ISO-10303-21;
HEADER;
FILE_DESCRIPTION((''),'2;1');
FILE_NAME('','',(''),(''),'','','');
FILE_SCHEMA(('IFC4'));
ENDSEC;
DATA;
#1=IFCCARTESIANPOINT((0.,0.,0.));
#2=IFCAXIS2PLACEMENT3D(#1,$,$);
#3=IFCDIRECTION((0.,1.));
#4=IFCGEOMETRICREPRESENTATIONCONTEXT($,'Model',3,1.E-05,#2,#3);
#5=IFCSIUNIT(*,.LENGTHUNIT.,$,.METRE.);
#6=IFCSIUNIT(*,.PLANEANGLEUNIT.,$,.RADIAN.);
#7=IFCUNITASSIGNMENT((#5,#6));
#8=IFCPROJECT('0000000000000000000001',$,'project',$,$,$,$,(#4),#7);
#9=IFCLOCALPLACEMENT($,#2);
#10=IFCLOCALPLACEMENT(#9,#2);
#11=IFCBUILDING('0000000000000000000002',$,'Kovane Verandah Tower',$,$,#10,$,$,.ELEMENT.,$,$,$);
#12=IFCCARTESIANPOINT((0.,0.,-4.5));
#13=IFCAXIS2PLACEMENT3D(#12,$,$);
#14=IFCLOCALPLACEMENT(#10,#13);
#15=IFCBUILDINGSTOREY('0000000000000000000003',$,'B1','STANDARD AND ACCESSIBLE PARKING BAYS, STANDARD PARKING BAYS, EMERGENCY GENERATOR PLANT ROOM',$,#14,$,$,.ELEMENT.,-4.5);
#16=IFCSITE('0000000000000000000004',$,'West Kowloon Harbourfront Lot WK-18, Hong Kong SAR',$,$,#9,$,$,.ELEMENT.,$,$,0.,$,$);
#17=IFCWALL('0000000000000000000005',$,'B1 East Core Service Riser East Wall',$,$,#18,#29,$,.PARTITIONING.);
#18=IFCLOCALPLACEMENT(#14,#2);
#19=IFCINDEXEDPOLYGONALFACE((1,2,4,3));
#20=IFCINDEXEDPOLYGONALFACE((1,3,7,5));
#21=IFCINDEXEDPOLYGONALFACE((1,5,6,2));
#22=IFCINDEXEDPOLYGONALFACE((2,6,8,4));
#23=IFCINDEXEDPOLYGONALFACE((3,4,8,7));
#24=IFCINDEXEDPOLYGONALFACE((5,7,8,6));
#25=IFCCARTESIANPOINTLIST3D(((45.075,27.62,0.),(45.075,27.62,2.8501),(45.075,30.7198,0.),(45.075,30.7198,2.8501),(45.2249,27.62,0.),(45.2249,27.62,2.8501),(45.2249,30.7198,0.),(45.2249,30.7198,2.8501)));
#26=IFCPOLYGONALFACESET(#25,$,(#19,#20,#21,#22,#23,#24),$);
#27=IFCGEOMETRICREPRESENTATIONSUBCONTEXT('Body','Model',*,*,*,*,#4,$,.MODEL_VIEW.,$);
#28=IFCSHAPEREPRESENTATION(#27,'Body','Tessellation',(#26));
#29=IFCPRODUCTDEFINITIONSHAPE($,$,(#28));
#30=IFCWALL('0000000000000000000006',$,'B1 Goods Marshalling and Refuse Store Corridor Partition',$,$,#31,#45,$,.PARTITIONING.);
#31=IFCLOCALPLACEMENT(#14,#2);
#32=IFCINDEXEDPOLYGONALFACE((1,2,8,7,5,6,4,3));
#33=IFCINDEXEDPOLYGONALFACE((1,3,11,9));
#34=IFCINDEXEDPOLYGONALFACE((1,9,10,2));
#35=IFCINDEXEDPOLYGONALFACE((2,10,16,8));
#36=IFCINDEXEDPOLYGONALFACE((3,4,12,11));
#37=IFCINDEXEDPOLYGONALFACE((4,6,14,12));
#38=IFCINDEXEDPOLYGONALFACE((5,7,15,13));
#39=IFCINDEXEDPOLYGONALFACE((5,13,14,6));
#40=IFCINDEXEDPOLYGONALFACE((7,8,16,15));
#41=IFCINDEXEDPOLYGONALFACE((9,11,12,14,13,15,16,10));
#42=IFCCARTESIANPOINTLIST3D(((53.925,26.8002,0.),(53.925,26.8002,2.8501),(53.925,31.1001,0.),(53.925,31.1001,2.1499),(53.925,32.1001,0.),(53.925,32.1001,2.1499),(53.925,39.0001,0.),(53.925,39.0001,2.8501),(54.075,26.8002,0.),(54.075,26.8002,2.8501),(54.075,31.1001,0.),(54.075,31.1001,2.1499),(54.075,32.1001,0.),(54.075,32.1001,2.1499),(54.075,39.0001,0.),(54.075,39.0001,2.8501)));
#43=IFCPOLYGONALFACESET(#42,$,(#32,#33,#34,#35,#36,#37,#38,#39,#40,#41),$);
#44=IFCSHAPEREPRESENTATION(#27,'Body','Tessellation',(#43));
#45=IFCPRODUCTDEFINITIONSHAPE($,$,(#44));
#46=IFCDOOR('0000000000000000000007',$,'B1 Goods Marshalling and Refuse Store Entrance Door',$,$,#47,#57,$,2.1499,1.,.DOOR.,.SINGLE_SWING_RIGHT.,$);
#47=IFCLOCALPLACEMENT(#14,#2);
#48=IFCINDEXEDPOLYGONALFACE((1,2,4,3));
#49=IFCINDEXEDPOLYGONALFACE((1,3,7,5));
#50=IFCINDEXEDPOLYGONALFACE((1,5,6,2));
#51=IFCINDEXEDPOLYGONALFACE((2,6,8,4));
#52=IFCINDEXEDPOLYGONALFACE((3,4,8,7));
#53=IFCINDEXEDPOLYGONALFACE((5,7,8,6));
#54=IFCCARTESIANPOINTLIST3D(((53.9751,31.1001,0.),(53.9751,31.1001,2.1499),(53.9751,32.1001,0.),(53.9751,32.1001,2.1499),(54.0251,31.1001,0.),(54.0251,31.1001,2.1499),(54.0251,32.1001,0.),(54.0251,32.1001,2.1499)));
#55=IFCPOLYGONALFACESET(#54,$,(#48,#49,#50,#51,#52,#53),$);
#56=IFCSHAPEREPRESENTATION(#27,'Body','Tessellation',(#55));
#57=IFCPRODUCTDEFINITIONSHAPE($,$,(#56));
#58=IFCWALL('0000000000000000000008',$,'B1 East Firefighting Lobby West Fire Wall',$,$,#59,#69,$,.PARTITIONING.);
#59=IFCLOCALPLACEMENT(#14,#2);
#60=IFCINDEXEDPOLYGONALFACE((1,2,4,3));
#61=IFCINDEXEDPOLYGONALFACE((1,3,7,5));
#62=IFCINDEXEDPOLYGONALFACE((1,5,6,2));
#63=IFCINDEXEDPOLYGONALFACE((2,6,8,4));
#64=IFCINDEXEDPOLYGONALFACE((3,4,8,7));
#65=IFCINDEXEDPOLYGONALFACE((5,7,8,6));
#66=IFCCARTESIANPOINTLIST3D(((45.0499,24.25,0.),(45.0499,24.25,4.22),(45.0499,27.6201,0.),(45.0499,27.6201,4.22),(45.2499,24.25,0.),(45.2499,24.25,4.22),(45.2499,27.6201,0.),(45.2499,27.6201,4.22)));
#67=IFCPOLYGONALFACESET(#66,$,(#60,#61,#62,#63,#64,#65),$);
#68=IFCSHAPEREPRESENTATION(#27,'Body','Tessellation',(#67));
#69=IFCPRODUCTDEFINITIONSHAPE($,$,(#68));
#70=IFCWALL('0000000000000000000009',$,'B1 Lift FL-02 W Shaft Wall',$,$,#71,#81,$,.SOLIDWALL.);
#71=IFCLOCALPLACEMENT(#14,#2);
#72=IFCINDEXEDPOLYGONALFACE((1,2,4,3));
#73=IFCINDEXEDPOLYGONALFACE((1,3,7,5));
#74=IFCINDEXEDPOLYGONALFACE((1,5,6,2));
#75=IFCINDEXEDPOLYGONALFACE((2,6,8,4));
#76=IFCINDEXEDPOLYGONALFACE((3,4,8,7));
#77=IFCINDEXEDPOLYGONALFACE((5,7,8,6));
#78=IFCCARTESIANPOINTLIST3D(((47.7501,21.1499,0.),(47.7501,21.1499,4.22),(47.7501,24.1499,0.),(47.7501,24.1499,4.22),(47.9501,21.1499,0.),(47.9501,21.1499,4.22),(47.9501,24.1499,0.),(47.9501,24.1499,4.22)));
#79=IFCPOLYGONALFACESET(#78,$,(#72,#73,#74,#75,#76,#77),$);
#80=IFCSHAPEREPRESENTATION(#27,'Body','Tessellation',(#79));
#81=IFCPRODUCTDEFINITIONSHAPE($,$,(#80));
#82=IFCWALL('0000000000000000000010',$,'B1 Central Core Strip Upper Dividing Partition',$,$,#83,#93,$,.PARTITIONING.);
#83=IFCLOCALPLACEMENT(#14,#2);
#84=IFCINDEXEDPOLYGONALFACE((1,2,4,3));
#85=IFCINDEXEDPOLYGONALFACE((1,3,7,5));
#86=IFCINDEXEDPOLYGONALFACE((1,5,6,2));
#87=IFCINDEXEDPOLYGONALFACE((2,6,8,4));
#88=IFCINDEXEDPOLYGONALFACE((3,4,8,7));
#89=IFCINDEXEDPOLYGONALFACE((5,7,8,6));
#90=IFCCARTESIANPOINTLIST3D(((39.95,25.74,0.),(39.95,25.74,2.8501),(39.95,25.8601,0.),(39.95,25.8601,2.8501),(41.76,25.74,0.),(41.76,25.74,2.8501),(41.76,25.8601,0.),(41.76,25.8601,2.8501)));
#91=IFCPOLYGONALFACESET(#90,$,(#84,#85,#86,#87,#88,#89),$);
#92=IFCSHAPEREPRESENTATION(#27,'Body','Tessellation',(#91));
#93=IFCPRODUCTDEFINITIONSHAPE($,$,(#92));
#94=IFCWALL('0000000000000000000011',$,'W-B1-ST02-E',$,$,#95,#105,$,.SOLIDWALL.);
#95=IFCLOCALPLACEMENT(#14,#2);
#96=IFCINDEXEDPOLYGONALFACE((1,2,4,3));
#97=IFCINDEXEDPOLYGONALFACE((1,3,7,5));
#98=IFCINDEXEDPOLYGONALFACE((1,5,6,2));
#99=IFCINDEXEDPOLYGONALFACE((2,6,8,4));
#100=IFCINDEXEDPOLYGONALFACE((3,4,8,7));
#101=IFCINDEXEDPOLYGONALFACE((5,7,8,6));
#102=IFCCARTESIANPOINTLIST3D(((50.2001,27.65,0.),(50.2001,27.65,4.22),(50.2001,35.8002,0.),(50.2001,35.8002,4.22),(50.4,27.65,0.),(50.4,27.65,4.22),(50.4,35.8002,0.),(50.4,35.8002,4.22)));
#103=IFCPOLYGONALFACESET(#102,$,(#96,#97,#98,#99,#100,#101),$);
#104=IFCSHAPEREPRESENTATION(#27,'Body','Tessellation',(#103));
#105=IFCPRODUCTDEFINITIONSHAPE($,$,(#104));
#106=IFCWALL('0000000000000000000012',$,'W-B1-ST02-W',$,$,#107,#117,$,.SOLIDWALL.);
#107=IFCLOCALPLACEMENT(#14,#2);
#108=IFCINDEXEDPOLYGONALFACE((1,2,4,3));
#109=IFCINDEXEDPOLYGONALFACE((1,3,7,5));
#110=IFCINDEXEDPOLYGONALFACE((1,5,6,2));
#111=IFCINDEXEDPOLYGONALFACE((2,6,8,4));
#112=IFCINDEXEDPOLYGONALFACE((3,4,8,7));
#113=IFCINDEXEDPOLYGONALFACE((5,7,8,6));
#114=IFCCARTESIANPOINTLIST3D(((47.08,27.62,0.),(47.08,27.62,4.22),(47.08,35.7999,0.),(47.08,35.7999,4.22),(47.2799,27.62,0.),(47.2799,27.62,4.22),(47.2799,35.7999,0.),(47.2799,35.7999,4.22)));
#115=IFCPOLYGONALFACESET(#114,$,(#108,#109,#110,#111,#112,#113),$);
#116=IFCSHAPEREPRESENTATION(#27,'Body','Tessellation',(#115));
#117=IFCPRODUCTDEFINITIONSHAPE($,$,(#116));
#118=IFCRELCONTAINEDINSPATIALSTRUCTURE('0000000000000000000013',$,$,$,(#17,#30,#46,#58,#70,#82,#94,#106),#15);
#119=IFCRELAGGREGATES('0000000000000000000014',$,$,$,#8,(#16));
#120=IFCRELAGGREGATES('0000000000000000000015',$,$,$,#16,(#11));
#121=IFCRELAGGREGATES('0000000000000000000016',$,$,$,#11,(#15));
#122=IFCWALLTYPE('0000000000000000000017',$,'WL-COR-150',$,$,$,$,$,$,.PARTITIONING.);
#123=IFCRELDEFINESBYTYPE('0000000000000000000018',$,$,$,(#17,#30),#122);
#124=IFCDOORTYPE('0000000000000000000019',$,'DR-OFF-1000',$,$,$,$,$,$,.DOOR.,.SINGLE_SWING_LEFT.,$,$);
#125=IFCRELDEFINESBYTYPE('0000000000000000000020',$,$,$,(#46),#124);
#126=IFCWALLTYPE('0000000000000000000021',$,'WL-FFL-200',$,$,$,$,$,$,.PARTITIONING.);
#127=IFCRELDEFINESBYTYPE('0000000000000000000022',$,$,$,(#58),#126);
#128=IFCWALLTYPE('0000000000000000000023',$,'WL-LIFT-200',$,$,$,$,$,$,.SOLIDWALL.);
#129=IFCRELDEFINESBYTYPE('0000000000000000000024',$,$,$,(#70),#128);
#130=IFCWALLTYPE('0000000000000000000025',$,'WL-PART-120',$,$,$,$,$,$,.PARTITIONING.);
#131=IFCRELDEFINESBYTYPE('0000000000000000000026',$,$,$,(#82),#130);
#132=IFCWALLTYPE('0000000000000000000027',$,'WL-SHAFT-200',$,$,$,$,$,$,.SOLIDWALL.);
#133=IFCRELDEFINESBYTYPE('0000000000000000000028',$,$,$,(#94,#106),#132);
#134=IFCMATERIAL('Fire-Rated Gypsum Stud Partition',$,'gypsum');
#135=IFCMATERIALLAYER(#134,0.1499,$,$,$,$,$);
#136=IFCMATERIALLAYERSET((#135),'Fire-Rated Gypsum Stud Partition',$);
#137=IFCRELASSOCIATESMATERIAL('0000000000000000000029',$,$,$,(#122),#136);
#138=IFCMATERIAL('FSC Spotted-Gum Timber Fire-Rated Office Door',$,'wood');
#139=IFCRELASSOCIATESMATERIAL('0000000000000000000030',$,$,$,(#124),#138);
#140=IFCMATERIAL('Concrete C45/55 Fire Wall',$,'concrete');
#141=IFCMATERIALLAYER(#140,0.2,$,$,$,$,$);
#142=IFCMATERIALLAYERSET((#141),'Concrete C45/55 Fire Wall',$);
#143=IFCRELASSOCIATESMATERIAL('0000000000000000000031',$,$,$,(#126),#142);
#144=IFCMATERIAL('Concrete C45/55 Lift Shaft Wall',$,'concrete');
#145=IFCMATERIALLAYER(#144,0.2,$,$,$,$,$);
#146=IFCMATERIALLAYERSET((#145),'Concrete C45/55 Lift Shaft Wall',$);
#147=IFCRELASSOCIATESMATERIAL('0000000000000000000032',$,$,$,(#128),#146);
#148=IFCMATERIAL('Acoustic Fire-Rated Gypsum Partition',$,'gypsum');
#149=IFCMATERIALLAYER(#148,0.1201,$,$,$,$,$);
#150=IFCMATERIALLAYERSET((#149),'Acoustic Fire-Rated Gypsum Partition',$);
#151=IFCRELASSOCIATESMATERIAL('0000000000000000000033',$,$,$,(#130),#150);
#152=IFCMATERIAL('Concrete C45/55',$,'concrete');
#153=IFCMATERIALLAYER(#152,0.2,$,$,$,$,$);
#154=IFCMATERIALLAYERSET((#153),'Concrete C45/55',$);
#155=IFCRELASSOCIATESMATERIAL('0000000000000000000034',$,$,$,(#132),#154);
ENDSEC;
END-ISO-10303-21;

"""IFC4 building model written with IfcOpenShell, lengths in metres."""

from ifc_helpers import new_model, si_unit, direction, frame, frame_2d, origin, place, context, subcontext, project, spatial, rectangle, extrude, material, layer, layer_set, type_object, element, fill, save


model = new_model("IFC4")

# Units and contexts
model_context = context("Model", 3, precision=1e-05, world=origin(), true_north=direction((0.0, 1.0)))
body_context = subcontext(model_context, "Body", "Model", "MODEL_VIEW")
ifc_project = project(units=[si_unit("LENGTHUNIT", "METRE"), si_unit("PLANEANGLEUNIT", "RADIAN")], contexts=[model_context])

# Site, building, storey
site_placement = place(None, origin())
site = spatial("IfcSite", under=ifc_project, at=site_placement, Name="West Kowloon Harbourfront Lot WK-18, Hong Kong SAR", CompositionType="ELEMENT", RefElevation=0.0)
building_placement = place(site_placement, origin())
building = spatial("IfcBuilding", under=site, at=building_placement, Name="Kovane Verandah Tower", CompositionType="ELEMENT")
storey_placement = place(building_placement, frame((0.0, 0.0, -4.5)))
storey = spatial("IfcBuildingStorey", under=building, at=storey_placement, Name="B1", Description="STANDARD AND ACCESSIBLE PARKING BAYS, STANDARD PARKING BAYS, EMERGENCY GENERATOR PLANT ROOM", CompositionType="ELEMENT", Elevation=-4.5)

# Shared definitions
ifc_material_1 = material(Name="Fire-Rated Gypsum Stud Partition", Category="gypsum")
ifc_layer_1 = layer(ifc_material_1, 0.1499)
ifc_layer_set_1 = layer_set([ifc_layer_1], Name="Fire-Rated Gypsum Stud Partition")
wall_type_1 = type_object("IfcWallType", Name="WL-COR-150", PredefinedType="PARTITIONING", material=ifc_layer_set_1)

# Wall
wall_1_placement = place(storey_placement, frame((45.1499, 27.6201, 0.0), z_axis=(0.0, 0.0, 1.0), x_axis=(0.0, 1.0, 0.0)))
element("IfcWall", 1, at=wall_1_placement, inside=storey, type_object=wall_type_1, Name="B1 East Core Service Riser East Wall", PredefinedType="PARTITIONING", context=body_context, shape_type="SweptSolid", body=[
    extrude(rectangle(XDim=3.0999, YDim=0.1499, at=frame_2d((1.5498, 0.0))), origin(), (0.0, 0.0, 1.0), 2.8501),
])

# Wall, opening, door
wall_2_placement = place(storey_placement, frame((54.0, 26.8, 0.0), z_axis=(0.0, 0.0, 1.0), x_axis=(0.0, 1.0, 0.0)))
wall_2 = element("IfcWall", 2, at=wall_2_placement, inside=storey, type_object=wall_type_1, Name="B1 Goods Marshalling and Refuse Store Corridor Partition", PredefinedType="PARTITIONING", context=body_context, shape_type="SweptSolid", body=[
    extrude(rectangle(XDim=12.2, YDim=0.1499, at=frame_2d((6.1001, 0.0))), origin(), (0.0, 0.0, 1.0), 2.8501),
])
opening_1_placement = place(wall_2_placement, frame((4.3, 0.0, 0.0)))
opening_1 = element("IfcOpeningElement", 3, at=opening_1_placement, cuts=wall_2, PredefinedType="OPENING", context=body_context, shape_type="SweptSolid", body=[
    extrude(rectangle(XDim=1.0, YDim=2.1499, at=frame_2d((0.5, 1.075))), frame((0.0, 0.075, 0.0), z_axis=(0.0, -1.0, 0.0), x_axis=(1.0, 0.0, 0.0)), (0.0, 0.0, 1.0), 0.1499),
])
ifc_material_2 = material(Name="FSC Spotted-Gum Timber Fire-Rated Office Door", Category="wood")
door_type_1 = type_object("IfcDoorType", Name="DR-OFF-1000", OperationType="SINGLE_SWING_LEFT", PredefinedType="DOOR", material=ifc_material_2)
door_1_placement = place(opening_1_placement, origin())
door_1 = element("IfcDoor", 4, at=door_1_placement, inside=storey, type_object=door_type_1, Name="B1 Goods Marshalling and Refuse Store Entrance Door", OperationType="SINGLE_SWING_RIGHT", OverallHeight=2.1499, OverallWidth=1.0, PredefinedType="DOOR", context=body_context, shape_type="SweptSolid", body=[
    extrude(rectangle(XDim=1.0, YDim=2.1499, at=frame_2d((0.5, 1.075))), frame((0.0, 0.0249, 0.0), z_axis=(0.0, -1.0, 0.0), x_axis=(1.0, 0.0, 0.0)), (0.0, 0.0, 1.0), 0.05),
])
fill(opening_1, door_1)

# Wall
ifc_material_3 = material(Name="Concrete C45/55 Fire Wall", Category="concrete")
ifc_layer_2 = layer(ifc_material_3, 0.2)
ifc_layer_set_2 = layer_set([ifc_layer_2], Name="Concrete C45/55 Fire Wall")
wall_type_2 = type_object("IfcWallType", Name="WL-FFL-200", PredefinedType="PARTITIONING", material=ifc_layer_set_2)
wall_3_placement = place(storey_placement, frame((45.1499, 24.25, 0.0), z_axis=(0.0, 0.0, 1.0), x_axis=(0.0, 1.0, 0.0)))
element("IfcWall", 5, at=wall_3_placement, inside=storey, type_object=wall_type_2, Name="B1 East Firefighting Lobby West Fire Wall", PredefinedType="PARTITIONING", context=body_context, shape_type="SweptSolid", body=[
    extrude(rectangle(XDim=3.3701, YDim=0.2, at=frame_2d((1.6851, 0.0))), origin(), (0.0, 0.0, 1.0), 4.22),
])

# Shared definitions
ifc_material_4 = material(Name="Concrete C45/55 Lift Shaft Wall", Category="concrete")
ifc_layer_3 = layer(ifc_material_4, 0.2)
ifc_layer_set_3 = layer_set([ifc_layer_3], Name="Concrete C45/55 Lift Shaft Wall")
wall_type_3 = type_object("IfcWallType", Name="WL-LIFT-200", PredefinedType="SOLIDWALL", material=ifc_layer_set_3)

# Walls
wall_4_placement = place(storey_placement, frame((47.8501, 24.1499, 0.0), z_axis=(0.0, 0.0, 1.0), x_axis=(0.0, -1.0, 0.0)))
element("IfcWall", 6, at=wall_4_placement, inside=storey, type_object=wall_type_3, Name="B1 Lift FL-02 W Shaft Wall", PredefinedType="SOLIDWALL", context=body_context, shape_type="SweptSolid", body=[
    extrude(rectangle(XDim=3.0, YDim=0.2, at=frame_2d((1.5, 0.0))), origin(), (0.0, 0.0, 1.0), 4.22),
])
ifc_material_5 = material(Name="Acoustic Fire-Rated Gypsum Partition", Category="gypsum")
ifc_layer_4 = layer(ifc_material_5, 0.1201)
ifc_layer_set_4 = layer_set([ifc_layer_4], Name="Acoustic Fire-Rated Gypsum Partition")
wall_type_4 = type_object("IfcWallType", Name="WL-PART-120", PredefinedType="PARTITIONING", material=ifc_layer_set_4)
wall_5_placement = place(storey_placement, frame((39.95, 25.8, 0.0), z_axis=(0.0, 0.0, 1.0), x_axis=(1.0, 0.0, 0.0)))
element("IfcWall", 7, at=wall_5_placement, inside=storey, type_object=wall_type_4, Name="B1 Central Core Strip Upper Dividing Partition", PredefinedType="PARTITIONING", context=body_context, shape_type="SweptSolid", body=[
    extrude(rectangle(XDim=1.8101, YDim=0.1201, at=frame_2d((0.905, 0.0))), origin(), (0.0, 0.0, 1.0), 2.8501),
])
ifc_material_6 = material(Name="Concrete C45/55", Category="concrete")
ifc_layer_5 = layer(ifc_material_6, 0.2)
ifc_layer_set_5 = layer_set([ifc_layer_5], Name="Concrete C45/55")
wall_type_5 = type_object("IfcWallType", Name="WL-SHAFT-200", PredefinedType="SOLIDWALL", material=ifc_layer_set_5)
wall_6_placement = place(storey_placement, frame((50.3, 27.6499, 0.0), z_axis=(0.0, 0.0, 1.0), x_axis=(0.0, 1.0, 0.0)))
element("IfcWall", 8, at=wall_6_placement, inside=storey, type_object=wall_type_5, Name="W-B1-ST02-E", PredefinedType="SOLIDWALL", context=body_context, shape_type="SweptSolid", body=[
    extrude(rectangle(XDim=8.1501, YDim=0.2, at=frame_2d((4.0752, 0.0))), origin(), (0.0, 0.0, 1.0), 4.22),
])
wall_7_placement = place(storey_placement, frame((47.1799, 27.6201, 0.0), z_axis=(0.0, 0.0, 1.0), x_axis=(0.0, 1.0, 0.0)))
element("IfcWall", 9, at=wall_7_placement, inside=storey, type_object=wall_type_5, Name="W-B1-ST02-W", PredefinedType="SOLIDWALL", context=body_context, shape_type="SweptSolid", body=[
    extrude(rectangle(XDim=8.1799, YDim=0.2, at=frame_2d((4.0898, 0.0))), origin(), (0.0, 0.0, 1.0), 4.22),
])

save(model, "model.ifc")
